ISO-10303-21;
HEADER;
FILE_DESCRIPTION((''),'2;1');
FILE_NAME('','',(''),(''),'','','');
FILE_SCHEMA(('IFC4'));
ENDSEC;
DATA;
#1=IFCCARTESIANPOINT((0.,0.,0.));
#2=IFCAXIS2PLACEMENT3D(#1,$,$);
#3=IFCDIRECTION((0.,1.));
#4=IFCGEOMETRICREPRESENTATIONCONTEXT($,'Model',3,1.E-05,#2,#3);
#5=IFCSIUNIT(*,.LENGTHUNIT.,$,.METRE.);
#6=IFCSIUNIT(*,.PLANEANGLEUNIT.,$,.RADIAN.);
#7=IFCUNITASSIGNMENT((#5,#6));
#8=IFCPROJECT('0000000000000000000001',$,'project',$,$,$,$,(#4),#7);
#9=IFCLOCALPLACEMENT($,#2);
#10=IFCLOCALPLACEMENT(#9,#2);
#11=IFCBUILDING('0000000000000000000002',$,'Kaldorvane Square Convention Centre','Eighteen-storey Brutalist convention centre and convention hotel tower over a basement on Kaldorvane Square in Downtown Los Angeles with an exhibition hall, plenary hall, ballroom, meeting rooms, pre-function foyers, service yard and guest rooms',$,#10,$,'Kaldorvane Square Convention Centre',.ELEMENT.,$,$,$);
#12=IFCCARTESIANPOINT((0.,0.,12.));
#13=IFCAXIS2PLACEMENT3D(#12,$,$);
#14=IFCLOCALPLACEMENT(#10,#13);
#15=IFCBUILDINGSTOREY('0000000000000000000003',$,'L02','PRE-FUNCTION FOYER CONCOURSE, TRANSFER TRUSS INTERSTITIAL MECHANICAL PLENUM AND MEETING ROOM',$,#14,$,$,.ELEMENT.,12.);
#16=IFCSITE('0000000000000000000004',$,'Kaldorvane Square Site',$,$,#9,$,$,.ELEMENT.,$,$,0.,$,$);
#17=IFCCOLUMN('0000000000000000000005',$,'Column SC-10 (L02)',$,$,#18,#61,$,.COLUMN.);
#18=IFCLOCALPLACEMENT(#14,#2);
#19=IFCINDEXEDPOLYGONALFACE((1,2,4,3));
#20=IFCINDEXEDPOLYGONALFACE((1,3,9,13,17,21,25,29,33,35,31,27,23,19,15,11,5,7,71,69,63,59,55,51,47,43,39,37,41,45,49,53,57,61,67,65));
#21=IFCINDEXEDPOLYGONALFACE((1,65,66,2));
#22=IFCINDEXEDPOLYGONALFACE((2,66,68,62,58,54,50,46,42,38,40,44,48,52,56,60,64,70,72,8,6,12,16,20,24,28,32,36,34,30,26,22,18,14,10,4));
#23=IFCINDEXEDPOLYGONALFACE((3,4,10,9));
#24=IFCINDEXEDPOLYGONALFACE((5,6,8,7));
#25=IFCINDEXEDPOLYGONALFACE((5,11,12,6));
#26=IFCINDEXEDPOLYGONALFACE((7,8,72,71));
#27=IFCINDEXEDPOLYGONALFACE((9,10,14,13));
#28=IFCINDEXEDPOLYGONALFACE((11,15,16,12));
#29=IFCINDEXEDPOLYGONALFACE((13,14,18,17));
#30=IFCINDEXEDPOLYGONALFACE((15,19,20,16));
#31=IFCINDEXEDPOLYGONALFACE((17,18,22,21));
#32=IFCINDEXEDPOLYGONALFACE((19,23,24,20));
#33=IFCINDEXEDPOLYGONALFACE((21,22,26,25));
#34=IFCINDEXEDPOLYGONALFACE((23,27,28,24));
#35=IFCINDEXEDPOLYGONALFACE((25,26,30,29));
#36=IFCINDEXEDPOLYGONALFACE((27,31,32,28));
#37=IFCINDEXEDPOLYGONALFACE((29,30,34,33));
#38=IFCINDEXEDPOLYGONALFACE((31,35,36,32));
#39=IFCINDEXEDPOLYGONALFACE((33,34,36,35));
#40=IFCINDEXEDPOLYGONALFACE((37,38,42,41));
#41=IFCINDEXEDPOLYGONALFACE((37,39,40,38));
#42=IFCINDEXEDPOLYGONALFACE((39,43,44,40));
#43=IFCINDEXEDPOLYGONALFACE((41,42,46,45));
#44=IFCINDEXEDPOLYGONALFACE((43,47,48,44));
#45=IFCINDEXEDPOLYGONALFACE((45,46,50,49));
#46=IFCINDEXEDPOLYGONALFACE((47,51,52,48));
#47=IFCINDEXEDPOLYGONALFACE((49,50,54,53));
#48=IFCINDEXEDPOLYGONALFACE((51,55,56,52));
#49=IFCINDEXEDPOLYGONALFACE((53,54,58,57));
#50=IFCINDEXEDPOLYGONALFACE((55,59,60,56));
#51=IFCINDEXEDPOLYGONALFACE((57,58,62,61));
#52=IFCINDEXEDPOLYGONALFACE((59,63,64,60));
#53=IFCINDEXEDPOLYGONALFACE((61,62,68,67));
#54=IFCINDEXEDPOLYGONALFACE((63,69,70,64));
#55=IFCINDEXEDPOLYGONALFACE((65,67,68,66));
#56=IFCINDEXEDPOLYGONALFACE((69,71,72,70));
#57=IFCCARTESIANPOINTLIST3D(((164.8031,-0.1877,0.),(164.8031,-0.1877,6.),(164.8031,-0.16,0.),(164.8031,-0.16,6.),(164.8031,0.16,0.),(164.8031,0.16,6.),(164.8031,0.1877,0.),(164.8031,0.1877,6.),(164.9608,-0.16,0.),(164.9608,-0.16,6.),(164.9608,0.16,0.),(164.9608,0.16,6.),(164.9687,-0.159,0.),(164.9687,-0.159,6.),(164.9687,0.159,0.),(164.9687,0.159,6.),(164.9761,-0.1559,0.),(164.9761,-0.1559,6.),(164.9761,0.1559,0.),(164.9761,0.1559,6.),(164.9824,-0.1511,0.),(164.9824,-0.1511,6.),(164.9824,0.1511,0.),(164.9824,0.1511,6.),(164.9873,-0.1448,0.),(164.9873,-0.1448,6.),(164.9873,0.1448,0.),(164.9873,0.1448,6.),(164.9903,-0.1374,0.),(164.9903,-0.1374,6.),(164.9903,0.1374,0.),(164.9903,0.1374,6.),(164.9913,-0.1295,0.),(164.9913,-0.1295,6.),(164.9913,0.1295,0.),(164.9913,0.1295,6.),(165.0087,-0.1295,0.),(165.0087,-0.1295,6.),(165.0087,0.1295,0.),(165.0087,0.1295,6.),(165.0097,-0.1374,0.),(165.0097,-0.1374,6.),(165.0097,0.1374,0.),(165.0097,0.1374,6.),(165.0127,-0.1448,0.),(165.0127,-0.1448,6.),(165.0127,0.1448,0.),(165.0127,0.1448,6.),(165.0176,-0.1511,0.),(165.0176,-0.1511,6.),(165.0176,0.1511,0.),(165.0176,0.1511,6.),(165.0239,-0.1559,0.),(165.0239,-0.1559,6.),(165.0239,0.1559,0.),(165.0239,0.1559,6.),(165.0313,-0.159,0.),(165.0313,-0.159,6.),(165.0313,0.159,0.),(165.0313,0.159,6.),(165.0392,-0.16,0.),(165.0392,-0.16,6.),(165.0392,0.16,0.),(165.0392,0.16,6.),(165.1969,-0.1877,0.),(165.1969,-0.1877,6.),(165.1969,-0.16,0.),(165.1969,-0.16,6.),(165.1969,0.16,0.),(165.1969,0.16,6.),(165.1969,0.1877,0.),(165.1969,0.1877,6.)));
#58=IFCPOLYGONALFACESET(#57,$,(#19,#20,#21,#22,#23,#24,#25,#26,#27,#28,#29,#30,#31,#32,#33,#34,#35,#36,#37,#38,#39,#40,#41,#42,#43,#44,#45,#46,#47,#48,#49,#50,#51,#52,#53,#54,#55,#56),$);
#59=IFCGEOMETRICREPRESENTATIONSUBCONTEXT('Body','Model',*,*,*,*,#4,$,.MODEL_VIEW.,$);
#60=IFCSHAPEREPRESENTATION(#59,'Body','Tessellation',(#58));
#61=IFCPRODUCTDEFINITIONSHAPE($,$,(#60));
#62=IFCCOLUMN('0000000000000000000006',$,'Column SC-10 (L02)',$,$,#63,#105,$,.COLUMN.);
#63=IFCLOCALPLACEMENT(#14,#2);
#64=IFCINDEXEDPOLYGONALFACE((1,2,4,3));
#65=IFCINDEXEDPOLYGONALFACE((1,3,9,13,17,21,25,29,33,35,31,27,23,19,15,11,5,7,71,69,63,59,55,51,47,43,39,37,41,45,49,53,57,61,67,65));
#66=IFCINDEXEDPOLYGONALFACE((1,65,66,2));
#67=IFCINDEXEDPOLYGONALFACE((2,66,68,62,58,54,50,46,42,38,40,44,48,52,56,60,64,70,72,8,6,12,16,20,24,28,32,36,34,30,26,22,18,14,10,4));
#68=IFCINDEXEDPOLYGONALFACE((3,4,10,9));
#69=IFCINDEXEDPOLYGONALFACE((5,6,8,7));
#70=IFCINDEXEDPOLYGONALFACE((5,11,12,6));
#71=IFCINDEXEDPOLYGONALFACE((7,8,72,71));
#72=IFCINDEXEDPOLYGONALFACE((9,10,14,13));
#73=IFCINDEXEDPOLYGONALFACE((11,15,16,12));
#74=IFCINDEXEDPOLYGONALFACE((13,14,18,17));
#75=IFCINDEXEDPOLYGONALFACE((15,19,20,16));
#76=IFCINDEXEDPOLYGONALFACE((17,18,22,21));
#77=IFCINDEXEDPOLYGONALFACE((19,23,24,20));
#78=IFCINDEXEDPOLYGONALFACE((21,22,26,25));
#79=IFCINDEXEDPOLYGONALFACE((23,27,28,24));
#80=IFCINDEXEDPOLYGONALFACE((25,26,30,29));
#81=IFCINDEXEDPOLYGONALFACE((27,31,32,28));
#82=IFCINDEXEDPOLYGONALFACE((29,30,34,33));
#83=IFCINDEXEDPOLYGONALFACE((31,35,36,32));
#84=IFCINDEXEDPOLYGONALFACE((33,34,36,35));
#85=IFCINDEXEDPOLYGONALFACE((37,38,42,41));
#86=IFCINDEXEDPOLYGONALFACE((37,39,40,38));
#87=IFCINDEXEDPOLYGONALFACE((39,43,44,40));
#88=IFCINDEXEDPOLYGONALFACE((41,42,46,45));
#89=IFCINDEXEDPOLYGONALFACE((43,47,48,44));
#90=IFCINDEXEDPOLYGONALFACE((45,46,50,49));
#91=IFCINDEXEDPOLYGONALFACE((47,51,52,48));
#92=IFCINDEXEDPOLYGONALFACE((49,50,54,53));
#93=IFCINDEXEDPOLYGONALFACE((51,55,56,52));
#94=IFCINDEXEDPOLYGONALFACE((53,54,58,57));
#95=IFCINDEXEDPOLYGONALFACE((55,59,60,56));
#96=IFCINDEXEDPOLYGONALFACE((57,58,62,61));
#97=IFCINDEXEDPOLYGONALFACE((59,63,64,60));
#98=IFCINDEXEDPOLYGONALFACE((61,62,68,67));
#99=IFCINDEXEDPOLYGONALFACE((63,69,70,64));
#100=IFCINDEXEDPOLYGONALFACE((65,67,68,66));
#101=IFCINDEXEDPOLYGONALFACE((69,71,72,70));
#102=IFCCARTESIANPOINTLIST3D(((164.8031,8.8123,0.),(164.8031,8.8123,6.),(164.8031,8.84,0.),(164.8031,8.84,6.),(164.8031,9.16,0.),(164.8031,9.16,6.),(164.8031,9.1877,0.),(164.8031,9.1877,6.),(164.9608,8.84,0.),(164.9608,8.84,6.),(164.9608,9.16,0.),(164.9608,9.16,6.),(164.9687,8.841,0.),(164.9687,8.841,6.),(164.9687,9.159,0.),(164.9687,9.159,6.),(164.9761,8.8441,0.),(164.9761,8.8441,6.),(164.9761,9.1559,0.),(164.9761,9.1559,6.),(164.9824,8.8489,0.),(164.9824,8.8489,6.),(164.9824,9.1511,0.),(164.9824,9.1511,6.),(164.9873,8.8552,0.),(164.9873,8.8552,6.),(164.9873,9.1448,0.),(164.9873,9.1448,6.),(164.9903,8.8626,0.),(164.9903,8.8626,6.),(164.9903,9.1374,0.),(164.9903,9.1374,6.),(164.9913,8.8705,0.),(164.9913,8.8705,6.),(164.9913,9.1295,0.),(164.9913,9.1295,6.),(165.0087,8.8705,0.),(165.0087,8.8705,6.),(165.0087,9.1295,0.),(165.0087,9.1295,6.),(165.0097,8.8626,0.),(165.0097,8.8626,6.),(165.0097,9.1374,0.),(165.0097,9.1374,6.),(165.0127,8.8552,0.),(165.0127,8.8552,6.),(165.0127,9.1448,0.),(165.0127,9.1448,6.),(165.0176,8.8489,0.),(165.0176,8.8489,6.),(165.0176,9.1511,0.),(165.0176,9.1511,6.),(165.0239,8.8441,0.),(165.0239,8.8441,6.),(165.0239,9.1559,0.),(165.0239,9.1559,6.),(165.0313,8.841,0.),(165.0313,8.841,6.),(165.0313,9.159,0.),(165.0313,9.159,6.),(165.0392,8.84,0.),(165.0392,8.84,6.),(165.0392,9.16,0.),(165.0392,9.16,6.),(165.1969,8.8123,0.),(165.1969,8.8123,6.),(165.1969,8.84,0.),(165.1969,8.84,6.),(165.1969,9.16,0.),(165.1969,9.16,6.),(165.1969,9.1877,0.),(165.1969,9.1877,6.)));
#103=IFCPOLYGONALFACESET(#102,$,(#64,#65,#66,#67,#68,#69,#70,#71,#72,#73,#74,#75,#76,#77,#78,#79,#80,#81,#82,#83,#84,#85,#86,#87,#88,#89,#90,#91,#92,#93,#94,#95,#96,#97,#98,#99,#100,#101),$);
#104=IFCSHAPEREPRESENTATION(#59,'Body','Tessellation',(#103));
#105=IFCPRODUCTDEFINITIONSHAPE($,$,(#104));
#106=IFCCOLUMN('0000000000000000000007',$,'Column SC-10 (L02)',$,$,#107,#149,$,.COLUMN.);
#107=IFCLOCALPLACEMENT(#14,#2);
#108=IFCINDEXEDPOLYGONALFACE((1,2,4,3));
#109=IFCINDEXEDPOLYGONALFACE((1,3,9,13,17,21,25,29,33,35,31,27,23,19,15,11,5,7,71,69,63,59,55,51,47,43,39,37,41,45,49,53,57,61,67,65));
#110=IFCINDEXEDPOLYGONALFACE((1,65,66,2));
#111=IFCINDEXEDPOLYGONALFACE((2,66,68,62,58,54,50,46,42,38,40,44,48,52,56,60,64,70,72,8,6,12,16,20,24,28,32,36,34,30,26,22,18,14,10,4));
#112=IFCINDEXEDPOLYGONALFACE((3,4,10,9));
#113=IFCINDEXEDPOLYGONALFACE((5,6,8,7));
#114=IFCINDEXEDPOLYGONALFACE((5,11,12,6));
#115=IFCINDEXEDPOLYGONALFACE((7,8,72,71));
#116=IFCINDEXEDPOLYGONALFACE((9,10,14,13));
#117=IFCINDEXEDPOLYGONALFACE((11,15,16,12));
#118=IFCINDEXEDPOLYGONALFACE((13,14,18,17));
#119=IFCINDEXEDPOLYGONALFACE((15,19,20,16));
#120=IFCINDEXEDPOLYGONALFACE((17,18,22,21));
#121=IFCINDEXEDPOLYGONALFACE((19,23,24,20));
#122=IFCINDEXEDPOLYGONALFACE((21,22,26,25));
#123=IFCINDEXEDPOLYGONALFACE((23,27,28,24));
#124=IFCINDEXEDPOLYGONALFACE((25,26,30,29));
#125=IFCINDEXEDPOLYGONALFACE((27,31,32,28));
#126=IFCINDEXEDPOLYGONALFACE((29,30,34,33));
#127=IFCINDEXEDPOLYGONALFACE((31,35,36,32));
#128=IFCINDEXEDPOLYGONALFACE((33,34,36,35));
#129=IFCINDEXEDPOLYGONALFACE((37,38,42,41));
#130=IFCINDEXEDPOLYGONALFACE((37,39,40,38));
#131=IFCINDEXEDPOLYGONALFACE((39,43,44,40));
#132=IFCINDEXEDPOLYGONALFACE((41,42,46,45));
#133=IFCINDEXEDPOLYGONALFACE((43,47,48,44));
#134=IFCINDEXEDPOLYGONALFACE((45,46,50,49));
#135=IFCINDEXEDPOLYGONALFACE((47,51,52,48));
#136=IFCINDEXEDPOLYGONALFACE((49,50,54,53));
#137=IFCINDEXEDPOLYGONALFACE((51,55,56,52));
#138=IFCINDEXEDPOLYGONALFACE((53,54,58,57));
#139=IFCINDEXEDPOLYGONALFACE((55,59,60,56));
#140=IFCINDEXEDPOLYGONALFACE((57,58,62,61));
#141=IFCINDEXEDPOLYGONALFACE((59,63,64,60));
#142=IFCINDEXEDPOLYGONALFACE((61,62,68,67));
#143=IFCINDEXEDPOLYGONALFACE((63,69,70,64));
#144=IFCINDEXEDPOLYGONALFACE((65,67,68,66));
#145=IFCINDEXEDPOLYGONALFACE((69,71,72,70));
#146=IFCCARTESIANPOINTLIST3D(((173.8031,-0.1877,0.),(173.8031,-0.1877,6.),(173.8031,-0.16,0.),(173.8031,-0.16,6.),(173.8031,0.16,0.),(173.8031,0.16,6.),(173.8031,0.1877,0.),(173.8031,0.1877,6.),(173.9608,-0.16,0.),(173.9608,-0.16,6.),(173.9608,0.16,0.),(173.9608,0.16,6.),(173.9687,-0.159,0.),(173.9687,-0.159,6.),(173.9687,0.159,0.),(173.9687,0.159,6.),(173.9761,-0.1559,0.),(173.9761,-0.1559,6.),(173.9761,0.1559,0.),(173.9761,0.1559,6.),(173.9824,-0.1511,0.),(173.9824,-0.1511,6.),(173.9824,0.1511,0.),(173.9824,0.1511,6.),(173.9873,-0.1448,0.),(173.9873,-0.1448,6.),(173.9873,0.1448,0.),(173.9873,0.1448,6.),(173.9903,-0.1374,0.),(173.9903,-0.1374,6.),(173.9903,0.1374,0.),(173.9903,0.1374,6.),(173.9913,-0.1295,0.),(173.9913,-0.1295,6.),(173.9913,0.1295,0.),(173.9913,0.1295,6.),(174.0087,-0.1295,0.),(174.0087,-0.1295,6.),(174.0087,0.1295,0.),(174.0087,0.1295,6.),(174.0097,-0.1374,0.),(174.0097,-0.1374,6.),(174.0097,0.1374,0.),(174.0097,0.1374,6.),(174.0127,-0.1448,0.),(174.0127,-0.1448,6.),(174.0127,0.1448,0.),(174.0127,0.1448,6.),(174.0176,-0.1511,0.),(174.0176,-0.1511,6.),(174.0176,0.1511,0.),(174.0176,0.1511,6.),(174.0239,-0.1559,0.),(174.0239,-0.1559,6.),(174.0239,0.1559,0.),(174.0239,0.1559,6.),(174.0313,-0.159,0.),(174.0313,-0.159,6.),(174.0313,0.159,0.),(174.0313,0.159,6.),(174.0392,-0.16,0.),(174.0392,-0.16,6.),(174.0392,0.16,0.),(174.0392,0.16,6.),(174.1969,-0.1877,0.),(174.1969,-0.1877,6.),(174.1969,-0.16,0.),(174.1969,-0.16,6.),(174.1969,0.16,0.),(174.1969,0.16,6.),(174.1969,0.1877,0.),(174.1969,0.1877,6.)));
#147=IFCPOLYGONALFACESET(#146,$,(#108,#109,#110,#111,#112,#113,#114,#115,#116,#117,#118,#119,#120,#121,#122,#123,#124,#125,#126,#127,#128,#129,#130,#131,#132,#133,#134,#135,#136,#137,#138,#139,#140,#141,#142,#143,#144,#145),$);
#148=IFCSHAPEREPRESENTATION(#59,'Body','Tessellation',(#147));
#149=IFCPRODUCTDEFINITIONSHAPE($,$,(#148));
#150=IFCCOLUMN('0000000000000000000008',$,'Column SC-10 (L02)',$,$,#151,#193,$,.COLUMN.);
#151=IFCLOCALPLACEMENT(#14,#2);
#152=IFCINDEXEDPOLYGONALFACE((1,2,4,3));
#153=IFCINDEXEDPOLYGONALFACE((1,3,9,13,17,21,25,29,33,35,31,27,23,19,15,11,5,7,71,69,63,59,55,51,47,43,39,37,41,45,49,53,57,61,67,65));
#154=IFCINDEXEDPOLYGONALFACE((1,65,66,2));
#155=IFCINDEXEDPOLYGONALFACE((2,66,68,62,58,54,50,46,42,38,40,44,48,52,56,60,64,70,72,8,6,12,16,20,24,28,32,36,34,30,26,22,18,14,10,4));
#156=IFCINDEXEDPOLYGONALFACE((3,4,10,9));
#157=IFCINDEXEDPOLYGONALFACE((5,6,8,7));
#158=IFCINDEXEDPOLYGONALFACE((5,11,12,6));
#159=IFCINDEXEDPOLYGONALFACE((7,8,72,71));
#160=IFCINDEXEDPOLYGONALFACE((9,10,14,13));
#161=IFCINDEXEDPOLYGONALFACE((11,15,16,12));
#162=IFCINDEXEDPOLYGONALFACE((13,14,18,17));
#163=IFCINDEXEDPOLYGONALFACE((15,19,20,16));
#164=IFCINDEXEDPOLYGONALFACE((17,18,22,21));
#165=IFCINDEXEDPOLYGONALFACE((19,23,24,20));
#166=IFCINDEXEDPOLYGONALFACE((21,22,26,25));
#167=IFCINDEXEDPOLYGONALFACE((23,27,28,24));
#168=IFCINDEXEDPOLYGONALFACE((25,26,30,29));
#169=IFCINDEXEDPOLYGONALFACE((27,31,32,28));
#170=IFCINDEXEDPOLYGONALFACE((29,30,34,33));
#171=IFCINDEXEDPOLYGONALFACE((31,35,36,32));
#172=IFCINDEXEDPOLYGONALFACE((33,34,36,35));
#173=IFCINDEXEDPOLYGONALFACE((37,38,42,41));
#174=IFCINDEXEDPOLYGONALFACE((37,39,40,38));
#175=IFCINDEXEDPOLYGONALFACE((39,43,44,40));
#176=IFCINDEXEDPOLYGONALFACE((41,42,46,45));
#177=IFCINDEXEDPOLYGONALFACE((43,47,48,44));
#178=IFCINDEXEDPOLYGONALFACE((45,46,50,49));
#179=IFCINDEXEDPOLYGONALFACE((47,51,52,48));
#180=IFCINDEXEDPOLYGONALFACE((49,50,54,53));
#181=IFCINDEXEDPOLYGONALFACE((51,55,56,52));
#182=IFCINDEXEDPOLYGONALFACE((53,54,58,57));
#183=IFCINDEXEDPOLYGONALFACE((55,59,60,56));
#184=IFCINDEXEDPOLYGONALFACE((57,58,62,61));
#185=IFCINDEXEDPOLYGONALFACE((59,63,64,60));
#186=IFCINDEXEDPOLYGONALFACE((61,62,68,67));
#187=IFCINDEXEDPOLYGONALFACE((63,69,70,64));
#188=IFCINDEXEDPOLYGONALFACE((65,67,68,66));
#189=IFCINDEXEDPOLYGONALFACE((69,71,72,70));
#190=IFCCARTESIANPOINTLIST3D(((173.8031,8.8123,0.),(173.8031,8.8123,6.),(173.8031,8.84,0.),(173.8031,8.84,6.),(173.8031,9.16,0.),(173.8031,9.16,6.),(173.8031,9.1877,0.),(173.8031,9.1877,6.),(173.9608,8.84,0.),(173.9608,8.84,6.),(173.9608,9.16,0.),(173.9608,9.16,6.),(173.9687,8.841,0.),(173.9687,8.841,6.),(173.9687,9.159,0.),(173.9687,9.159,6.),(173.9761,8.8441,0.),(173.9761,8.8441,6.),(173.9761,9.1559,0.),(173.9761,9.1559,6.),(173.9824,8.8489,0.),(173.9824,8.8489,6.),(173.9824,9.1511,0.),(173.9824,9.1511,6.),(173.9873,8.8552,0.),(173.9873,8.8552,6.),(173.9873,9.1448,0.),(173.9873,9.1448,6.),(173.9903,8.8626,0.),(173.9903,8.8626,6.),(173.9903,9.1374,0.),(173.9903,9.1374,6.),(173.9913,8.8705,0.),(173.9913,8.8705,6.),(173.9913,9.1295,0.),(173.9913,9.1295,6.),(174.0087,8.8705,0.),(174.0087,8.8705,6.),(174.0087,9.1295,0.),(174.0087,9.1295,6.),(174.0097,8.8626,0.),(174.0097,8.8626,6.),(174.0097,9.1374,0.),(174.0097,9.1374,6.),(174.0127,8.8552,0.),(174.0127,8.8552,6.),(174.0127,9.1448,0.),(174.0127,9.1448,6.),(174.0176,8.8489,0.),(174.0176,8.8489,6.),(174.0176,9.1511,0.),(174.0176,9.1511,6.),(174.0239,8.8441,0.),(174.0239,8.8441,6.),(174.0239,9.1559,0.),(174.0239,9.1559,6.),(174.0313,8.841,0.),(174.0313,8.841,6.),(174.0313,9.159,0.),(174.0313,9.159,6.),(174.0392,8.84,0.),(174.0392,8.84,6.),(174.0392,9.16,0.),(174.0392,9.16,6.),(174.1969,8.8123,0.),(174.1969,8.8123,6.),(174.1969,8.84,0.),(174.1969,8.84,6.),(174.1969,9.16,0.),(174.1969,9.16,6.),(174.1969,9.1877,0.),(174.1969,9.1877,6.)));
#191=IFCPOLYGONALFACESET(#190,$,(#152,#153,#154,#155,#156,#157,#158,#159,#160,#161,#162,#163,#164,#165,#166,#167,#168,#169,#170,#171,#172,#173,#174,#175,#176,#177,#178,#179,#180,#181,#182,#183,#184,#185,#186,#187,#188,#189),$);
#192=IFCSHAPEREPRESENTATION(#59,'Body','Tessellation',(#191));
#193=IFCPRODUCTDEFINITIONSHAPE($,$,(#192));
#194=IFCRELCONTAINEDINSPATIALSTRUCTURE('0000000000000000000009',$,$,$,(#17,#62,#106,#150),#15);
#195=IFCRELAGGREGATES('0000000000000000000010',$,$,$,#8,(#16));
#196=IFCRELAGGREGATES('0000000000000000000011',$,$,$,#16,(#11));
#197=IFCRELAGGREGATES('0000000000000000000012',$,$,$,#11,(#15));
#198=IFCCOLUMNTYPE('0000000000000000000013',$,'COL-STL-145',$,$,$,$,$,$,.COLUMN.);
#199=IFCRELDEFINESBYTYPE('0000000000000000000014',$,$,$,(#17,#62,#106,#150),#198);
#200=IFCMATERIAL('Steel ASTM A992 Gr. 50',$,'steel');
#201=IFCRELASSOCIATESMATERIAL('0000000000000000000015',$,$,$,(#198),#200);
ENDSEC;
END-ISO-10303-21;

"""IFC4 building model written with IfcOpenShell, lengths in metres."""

from ifc_helpers import new_model, si_unit, direction, frame, origin, origin_2d, place, context, subcontext, project, spatial, i_section, extrude, material, material_profile, profile_set, type_object, element, save


model = new_model("IFC4")

# Units and contexts
model_context = context("Model", 3, precision=1e-05, world=origin(), true_north=direction((0.0, 1.0)))
body_context = subcontext(model_context, "Body", "Model", "MODEL_VIEW")
ifc_project = project(units=[si_unit("LENGTHUNIT", "METRE"), si_unit("PLANEANGLEUNIT", "RADIAN")], contexts=[model_context])

# Site, building, storey
site_placement = place(None, origin())
site = spatial("IfcSite", under=ifc_project, at=site_placement, Name="Kaldorvane Square Site", CompositionType="ELEMENT", RefElevation=0.0)
building_placement = place(site_placement, origin())
building = spatial("IfcBuilding", under=site, at=building_placement, Name="Kaldorvane Square Convention Centre", Description="Eighteen-storey Brutalist convention centre and convention hotel tower over a basement on Kaldorvane Square in Downtown Los Angeles with an exhibition hall, plenary hall, ballroom, meeting rooms, pre-function foyers, service yard and guest rooms", LongName="Kaldorvane Square Convention Centre", CompositionType="ELEMENT")
storey_placement = place(building_placement, frame((0.0, 0.0, 12.0)))
storey = spatial("IfcBuildingStorey", under=building, at=storey_placement, Name="L02", Description="PRE-FUNCTION FOYER CONCOURSE, TRANSFER TRUSS INTERSTITIAL MECHANICAL PLENUM AND MEETING ROOM", CompositionType="ELEMENT", Elevation=12.0)

# Columns
ifc_material_1 = material(Name="Steel ASTM A992 Gr. 50", Category="steel")
ifc_material_profile_1 = material_profile(ifc_material_1, i_section(OverallWidth=0.3937, OverallDepth=0.3754, WebThickness=0.0173, FlangeThickness=0.0277, FilletRadius=0.0305, at=origin_2d()), Name="W14X145")
ifc_profile_set_1 = profile_set([ifc_material_profile_1], Name="Steel ASTM A992 Gr. 50")
column_type = type_object("IfcColumnType", Name="COL-STL-145", PredefinedType="COLUMN", material=ifc_profile_set_1)
for number, where, z_axis, x_axis, name in (
    (1, (165.0, 0.0, 0.0), (0.0, 0.0, 1.0), (1.0, 0.0, 0.0), "Column SC-10 (L02)"),
    (2, (165.0, 9.0, 0.0), (0.0, 0.0, 1.0), (1.0, 0.0, 0.0), "Column SC-10 (L02)"),
    (3, (174.0, 0.0, 0.0), (0.0, 0.0, 1.0), (1.0, 0.0, 0.0), "Column SC-10 (L02)"),
    (4, (174.0, 9.0, 0.0), (0.0, 0.0, 1.0), (1.0, 0.0, 0.0), "Column SC-10 (L02)"),
):
    element("IfcColumn", number, at=place(storey_placement, frame(where, z_axis=z_axis, x_axis=x_axis)), inside=storey, type_object=column_type, Name=name, PredefinedType="COLUMN", context=body_context, shape_type="SweptSolid", body=[
        extrude(i_section(OverallWidth=0.3937, OverallDepth=0.3754, WebThickness=0.0173, FlangeThickness=0.0277, FilletRadius=0.0305, at=origin_2d()), origin(), (0.0, 0.0, 1.0), 6.0),
    ])

save(model, "model.ifc")
